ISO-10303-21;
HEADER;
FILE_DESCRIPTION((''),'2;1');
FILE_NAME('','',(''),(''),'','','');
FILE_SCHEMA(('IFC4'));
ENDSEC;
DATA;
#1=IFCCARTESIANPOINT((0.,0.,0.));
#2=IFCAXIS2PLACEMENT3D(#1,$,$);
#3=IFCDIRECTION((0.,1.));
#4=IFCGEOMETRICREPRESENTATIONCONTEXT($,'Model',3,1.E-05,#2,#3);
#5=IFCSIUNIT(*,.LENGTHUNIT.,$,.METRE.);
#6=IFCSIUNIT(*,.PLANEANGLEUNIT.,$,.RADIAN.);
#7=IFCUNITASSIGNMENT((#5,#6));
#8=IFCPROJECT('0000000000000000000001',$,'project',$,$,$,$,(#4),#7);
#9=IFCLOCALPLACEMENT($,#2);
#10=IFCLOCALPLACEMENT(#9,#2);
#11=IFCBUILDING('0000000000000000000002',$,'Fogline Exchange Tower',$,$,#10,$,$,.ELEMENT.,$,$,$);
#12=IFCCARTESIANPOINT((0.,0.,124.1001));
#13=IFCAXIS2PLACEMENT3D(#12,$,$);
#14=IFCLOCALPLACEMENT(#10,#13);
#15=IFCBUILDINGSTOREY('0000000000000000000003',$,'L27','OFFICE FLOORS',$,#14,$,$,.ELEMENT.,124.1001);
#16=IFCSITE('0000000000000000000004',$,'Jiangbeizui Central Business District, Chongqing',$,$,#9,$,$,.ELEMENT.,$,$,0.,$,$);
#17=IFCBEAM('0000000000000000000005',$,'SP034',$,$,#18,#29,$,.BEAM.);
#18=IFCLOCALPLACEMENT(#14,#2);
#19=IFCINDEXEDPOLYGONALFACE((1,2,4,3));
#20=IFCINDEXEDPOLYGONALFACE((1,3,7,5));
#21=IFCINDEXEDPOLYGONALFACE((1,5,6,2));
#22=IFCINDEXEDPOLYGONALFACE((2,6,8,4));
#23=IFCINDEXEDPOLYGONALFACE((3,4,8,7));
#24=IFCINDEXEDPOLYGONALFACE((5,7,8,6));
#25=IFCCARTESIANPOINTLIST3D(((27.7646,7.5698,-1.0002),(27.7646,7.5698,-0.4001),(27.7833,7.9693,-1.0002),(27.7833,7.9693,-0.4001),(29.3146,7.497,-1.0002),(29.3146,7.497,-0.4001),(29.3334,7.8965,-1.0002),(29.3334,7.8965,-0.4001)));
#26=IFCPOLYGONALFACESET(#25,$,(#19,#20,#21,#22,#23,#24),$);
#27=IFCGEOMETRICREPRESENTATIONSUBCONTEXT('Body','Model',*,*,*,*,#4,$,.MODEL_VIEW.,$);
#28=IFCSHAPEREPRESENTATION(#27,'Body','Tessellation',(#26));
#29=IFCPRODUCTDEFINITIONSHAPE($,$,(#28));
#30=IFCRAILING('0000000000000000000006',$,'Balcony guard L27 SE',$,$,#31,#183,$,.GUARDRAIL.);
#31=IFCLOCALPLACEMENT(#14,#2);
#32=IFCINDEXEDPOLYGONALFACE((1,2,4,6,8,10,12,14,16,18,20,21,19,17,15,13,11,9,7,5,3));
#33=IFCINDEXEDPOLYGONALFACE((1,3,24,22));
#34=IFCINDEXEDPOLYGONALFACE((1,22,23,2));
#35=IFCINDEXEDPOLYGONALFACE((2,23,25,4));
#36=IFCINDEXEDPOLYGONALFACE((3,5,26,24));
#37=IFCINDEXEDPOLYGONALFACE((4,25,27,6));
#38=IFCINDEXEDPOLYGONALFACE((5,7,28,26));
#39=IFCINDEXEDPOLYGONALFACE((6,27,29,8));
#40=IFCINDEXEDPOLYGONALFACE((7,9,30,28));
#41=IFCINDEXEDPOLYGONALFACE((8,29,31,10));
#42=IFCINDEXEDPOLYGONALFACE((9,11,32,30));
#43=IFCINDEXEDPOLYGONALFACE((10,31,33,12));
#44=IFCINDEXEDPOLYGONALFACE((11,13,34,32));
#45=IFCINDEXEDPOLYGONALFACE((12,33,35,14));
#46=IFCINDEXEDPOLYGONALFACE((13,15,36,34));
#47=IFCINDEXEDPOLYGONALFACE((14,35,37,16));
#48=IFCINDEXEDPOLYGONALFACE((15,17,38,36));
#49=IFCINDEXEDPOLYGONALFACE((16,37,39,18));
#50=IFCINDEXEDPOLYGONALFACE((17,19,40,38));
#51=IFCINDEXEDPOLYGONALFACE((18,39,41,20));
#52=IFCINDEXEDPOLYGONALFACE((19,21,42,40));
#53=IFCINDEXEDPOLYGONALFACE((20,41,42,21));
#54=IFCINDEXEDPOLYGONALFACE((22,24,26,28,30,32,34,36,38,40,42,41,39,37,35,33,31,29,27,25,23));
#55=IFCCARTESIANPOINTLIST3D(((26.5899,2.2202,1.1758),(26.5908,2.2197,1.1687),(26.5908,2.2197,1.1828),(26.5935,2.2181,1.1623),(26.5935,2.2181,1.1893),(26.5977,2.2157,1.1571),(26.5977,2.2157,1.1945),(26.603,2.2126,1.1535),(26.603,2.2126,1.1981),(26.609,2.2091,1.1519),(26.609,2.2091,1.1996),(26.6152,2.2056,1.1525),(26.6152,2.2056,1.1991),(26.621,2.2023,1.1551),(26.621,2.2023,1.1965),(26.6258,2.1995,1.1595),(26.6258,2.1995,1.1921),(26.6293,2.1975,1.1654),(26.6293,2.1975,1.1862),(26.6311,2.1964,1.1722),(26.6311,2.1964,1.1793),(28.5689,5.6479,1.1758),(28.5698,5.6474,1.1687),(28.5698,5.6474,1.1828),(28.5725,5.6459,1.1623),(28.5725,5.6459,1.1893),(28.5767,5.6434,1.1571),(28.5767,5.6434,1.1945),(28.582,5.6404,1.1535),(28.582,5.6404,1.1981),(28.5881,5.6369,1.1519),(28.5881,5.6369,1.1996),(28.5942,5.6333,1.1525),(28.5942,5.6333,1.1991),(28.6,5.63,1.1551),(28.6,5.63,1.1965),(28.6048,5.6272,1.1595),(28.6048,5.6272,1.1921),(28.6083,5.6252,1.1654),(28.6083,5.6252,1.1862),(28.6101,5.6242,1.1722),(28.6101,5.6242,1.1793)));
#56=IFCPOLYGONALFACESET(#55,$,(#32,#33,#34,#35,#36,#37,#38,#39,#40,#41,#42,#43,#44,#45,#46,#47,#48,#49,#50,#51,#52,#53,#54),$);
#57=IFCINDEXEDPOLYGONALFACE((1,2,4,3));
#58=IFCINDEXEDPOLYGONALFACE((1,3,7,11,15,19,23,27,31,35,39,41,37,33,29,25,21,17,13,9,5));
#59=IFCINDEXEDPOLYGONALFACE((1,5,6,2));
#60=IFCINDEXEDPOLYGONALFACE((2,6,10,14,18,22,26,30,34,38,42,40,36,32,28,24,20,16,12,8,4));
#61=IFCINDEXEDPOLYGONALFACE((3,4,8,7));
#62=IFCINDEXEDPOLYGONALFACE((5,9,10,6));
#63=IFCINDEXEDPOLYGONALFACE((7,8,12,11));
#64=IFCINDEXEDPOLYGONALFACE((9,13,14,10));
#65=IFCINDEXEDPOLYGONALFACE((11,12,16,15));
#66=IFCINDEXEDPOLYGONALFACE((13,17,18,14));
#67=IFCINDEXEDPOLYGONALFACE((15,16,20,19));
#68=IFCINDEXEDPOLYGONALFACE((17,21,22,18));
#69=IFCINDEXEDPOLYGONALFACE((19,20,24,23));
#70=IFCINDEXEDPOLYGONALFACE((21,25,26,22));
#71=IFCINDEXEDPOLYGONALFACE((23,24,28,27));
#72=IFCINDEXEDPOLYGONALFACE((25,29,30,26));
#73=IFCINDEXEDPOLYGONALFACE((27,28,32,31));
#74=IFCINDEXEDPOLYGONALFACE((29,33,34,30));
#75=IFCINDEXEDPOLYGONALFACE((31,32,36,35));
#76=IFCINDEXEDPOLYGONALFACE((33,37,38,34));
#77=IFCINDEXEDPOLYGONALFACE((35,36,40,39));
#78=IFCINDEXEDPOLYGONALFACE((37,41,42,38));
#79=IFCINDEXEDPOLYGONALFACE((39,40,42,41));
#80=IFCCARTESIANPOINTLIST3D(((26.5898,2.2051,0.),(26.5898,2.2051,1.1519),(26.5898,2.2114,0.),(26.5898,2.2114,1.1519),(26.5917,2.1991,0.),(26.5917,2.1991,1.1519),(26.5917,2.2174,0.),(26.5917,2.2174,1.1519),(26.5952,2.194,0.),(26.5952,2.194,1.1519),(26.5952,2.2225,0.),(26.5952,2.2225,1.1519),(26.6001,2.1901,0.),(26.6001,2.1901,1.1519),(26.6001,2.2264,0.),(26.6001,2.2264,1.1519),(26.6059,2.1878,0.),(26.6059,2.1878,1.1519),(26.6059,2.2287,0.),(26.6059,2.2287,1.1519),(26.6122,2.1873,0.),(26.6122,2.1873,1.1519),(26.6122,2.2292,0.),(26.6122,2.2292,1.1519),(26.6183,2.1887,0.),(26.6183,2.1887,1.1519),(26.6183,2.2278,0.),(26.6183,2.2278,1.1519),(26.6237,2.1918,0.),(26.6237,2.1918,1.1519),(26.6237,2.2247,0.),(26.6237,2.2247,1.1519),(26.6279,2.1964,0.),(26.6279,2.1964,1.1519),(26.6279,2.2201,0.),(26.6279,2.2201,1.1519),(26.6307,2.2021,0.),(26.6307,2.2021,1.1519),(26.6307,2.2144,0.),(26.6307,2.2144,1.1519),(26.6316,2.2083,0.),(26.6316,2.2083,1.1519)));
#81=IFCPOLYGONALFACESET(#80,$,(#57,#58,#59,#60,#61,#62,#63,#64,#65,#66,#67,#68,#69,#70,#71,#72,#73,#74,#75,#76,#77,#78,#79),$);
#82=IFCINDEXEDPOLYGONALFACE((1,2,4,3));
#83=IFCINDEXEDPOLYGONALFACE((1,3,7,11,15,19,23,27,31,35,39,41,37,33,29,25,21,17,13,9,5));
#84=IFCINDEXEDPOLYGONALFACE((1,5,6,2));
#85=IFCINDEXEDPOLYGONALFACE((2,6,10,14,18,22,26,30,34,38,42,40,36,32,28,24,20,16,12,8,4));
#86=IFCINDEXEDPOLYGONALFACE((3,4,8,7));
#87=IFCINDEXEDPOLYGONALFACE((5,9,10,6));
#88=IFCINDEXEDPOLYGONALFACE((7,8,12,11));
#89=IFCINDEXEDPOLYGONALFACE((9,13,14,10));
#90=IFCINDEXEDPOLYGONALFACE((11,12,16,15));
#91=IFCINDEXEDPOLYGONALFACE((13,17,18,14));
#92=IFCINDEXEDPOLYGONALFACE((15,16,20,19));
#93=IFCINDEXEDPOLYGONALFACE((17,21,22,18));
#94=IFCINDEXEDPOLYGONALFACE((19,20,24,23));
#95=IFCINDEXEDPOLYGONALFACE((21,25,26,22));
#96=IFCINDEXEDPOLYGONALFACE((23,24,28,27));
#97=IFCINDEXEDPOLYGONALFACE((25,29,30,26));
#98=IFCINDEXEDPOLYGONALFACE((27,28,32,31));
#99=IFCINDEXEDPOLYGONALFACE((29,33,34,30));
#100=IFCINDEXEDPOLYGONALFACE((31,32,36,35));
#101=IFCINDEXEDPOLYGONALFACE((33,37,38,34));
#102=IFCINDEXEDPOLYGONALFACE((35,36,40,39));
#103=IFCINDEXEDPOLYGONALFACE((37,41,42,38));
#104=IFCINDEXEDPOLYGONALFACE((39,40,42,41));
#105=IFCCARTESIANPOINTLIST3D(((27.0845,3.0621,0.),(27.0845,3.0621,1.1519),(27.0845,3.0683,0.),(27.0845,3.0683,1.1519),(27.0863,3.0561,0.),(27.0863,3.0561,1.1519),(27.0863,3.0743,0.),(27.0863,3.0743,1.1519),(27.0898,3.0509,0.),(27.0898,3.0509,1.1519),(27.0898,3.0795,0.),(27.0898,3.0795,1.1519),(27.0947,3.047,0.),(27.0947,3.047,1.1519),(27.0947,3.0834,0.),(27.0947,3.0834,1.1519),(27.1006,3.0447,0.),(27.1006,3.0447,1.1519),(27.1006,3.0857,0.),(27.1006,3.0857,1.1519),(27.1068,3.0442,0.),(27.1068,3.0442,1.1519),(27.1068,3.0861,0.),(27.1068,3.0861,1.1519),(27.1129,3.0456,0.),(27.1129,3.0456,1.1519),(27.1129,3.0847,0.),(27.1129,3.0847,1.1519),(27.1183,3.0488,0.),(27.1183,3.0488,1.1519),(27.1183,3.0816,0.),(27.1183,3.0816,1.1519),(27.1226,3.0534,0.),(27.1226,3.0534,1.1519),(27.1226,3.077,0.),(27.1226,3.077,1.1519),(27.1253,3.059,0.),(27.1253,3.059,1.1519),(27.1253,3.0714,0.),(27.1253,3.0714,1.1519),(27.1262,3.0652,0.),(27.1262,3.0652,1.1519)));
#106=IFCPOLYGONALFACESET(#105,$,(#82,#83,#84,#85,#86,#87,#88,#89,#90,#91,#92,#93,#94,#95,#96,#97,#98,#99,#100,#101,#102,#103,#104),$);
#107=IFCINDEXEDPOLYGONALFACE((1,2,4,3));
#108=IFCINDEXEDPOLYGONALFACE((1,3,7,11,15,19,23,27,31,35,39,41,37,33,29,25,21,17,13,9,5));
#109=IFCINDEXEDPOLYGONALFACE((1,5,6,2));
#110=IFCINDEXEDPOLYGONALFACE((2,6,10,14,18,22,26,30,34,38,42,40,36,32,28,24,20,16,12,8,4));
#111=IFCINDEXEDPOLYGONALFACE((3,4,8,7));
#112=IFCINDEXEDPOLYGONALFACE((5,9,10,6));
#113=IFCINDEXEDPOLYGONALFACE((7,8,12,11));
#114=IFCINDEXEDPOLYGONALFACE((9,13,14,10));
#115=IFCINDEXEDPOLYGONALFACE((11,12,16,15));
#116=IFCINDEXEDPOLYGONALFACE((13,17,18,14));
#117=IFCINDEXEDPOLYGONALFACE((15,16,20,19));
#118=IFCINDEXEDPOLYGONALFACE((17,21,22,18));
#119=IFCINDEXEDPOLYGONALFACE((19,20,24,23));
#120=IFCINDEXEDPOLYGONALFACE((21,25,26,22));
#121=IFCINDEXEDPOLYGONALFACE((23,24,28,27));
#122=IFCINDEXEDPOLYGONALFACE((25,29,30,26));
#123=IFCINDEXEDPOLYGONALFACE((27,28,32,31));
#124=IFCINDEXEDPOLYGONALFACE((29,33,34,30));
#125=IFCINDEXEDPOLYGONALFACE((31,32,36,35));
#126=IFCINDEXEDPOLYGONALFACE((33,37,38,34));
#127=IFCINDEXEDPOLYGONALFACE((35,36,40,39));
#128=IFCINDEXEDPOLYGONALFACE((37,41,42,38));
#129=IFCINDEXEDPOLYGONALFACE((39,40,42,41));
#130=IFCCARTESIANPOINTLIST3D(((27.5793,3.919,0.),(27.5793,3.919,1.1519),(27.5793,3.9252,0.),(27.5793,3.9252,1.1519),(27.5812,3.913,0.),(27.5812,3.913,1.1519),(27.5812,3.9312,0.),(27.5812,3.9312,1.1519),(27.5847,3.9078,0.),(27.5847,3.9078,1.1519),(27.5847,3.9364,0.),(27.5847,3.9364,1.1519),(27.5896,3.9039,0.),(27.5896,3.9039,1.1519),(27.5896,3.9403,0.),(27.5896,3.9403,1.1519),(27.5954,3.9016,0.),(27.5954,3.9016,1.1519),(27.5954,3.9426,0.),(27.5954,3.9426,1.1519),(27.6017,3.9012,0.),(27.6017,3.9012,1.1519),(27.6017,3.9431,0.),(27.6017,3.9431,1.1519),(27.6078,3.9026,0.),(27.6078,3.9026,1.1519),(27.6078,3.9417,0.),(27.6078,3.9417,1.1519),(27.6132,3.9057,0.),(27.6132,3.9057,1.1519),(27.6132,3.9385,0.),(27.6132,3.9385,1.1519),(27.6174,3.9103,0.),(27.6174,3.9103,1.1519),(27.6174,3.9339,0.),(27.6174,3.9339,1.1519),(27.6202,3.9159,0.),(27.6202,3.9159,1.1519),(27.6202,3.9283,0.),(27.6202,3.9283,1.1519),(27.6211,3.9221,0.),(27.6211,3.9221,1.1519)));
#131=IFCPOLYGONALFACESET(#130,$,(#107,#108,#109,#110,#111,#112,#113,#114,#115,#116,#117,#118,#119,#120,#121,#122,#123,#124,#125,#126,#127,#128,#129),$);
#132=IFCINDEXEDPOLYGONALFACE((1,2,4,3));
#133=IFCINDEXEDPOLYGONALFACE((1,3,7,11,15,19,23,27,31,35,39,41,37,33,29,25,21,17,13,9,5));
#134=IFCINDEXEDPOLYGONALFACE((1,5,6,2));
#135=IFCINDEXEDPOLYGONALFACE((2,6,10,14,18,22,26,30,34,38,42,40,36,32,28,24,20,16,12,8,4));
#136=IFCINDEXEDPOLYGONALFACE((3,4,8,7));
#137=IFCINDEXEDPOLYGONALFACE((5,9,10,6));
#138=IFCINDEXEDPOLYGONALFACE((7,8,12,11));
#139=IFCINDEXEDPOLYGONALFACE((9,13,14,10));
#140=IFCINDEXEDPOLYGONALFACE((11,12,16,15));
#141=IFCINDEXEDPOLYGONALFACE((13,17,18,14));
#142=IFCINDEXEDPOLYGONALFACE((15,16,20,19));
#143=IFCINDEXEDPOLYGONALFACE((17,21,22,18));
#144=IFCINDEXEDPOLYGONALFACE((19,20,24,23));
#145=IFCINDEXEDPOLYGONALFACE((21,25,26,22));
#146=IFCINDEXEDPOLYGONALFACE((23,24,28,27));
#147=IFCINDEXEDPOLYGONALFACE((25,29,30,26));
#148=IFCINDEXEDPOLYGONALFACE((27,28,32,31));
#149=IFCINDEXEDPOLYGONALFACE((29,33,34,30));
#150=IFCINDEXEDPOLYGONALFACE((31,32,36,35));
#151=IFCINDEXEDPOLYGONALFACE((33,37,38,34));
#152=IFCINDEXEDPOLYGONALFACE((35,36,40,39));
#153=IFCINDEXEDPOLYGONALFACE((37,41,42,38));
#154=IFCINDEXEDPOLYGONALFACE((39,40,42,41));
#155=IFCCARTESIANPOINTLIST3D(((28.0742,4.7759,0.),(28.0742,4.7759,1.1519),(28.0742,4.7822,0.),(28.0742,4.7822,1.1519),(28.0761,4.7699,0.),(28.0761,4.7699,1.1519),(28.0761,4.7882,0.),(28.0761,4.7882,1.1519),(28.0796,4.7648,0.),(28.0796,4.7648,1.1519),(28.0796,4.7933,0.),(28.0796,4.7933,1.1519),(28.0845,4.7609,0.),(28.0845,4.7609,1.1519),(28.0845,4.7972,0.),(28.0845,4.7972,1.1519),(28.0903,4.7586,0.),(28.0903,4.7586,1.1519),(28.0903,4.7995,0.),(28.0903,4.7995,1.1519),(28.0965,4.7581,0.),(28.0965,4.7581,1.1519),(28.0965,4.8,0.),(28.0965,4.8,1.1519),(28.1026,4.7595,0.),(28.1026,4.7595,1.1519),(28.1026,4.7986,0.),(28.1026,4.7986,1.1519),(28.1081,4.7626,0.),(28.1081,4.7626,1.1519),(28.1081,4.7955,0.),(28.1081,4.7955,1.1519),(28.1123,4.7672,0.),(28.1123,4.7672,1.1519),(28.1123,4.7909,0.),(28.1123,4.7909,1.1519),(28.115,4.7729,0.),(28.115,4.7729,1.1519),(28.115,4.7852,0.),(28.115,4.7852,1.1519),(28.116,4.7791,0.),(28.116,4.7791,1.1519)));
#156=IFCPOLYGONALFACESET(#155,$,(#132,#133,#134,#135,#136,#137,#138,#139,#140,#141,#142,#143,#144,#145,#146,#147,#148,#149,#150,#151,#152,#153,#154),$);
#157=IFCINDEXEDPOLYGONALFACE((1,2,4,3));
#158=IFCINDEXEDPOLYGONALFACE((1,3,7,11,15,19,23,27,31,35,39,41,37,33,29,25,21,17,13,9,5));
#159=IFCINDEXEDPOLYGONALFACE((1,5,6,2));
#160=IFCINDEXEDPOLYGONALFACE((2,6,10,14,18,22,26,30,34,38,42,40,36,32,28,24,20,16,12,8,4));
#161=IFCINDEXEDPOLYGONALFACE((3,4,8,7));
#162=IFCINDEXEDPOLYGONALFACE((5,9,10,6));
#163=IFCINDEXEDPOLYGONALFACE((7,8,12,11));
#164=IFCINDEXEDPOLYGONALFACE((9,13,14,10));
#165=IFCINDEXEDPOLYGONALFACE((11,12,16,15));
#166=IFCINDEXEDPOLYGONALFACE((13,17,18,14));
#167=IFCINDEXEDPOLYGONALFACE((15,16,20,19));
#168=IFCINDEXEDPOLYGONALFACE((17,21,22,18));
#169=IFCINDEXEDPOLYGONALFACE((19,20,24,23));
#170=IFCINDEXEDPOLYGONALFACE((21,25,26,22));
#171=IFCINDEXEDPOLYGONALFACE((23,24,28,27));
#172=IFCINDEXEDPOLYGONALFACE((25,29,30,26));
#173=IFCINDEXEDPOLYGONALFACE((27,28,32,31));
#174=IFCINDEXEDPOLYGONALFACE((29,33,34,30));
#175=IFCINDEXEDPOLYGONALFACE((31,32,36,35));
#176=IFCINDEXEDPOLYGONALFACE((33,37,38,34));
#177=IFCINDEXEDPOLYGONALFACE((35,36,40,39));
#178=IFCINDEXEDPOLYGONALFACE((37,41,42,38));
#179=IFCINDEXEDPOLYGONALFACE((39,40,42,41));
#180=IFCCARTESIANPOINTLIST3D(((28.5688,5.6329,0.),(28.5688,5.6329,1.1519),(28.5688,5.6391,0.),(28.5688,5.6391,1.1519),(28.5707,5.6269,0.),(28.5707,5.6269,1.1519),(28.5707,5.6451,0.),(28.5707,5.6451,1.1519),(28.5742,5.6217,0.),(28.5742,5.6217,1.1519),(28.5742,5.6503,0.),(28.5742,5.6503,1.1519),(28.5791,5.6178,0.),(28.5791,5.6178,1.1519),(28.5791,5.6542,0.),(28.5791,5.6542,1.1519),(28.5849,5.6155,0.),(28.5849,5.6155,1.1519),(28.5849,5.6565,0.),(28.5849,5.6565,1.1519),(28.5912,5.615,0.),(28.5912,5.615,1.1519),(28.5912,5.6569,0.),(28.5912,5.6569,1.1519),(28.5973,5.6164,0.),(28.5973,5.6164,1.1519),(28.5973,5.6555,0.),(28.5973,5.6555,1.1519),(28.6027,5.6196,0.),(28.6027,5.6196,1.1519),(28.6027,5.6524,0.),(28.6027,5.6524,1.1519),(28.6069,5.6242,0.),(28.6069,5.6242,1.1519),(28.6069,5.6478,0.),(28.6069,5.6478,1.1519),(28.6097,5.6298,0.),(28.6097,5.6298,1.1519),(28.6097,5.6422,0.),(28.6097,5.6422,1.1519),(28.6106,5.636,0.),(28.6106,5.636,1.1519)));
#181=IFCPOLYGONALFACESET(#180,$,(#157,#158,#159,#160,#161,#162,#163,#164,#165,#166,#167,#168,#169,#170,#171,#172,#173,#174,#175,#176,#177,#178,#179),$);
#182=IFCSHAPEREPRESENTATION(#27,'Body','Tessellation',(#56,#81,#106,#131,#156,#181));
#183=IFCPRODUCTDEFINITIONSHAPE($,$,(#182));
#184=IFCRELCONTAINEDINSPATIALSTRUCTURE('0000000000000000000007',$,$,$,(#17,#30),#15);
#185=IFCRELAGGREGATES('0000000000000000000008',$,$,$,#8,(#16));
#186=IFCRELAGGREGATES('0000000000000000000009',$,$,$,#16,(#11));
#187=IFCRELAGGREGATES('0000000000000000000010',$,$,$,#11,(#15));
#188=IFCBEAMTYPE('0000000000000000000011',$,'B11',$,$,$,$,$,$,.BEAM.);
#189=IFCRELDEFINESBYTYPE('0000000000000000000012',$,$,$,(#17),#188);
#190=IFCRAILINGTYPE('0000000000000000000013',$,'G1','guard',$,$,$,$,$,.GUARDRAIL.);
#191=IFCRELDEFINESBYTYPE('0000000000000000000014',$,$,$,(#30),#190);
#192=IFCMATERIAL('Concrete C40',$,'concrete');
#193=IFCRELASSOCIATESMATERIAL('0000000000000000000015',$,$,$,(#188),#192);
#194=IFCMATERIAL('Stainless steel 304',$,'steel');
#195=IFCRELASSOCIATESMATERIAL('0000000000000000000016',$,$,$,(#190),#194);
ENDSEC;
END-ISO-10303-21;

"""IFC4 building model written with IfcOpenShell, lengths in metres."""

from ifc_helpers import new_model, si_unit, direction, frame, origin, origin_2d, place, context, subcontext, project, spatial, rectangle, circle, extrude, material, material_profile, profile_set, type_object, element, save


model = new_model("IFC4")

# Units and contexts
model_context = context("Model", 3, precision=1e-05, world=origin(), true_north=direction((0.0, 1.0)))
body_context = subcontext(model_context, "Body", "Model", "MODEL_VIEW")
ifc_project = project(units=[si_unit("LENGTHUNIT", "METRE"), si_unit("PLANEANGLEUNIT", "RADIAN")], contexts=[model_context])

# Site, building, storey
site_placement = place(None, origin())
site = spatial("IfcSite", under=ifc_project, at=site_placement, Name="Jiangbeizui Central Business District, Chongqing", CompositionType="ELEMENT", RefElevation=0.0)
building_placement = place(site_placement, origin())
building = spatial("IfcBuilding", under=site, at=building_placement, Name="Fogline Exchange Tower", CompositionType="ELEMENT")
storey_placement = place(building_placement, frame((0.0, 0.0, 124.1001)))
storey = spatial("IfcBuildingStorey", under=building, at=storey_placement, Name="L27", Description="OFFICE FLOORS", CompositionType="ELEMENT", Elevation=124.1001)

# Beam
ifc_material_1 = material(Name="Concrete C40", Category="concrete")
ifc_material_profile = material_profile(ifc_material_1, rectangle(XDim=0.3999, YDim=0.6001, at=origin_2d()), Name="RC 400x600")
ifc_profile_set = profile_set([ifc_material_profile], Name="Concrete C40")
beam_type = type_object("IfcBeamType", Name="B11", PredefinedType="BEAM", material=ifc_profile_set)
beam_placement = place(storey_placement, frame((27.7739, 7.7695, -0.7002), z_axis=(0.9989, -0.046885, 0.0), x_axis=(0.046885, 0.9989, 0.0)))
element("IfcBeam", 1, at=beam_placement, inside=storey, type_object=beam_type, Name="SP034", PredefinedType="BEAM", context=body_context, shape_type="SweptSolid", body=[
    extrude(rectangle(XDim=0.3999, YDim=0.6001, at=origin_2d()), origin(), (0.0, 0.0, 1.0), 1.5518),
])

# Railing
ifc_material_2 = material(Name="Stainless steel 304", Category="steel")
railing_type = type_object("IfcRailingType", Name="G1", Description="guard", PredefinedType="GUARDRAIL", material=ifc_material_2)
railing_placement = place(storey_placement, frame((26.6106, 2.2083, 0.0)))
element("IfcRailing", 2, at=railing_placement, inside=storey, type_object=railing_type, Name="Balcony guard L27 SE", PredefinedType="GUARDRAIL", context=body_context, shape_type="SweptSolid", body=[
    extrude(circle(Radius=0.0239, at=origin_2d()), frame((0.0, 0.0, 1.1758), z_axis=(0.5, 0.866025, 0.0), x_axis=(-0.866025, 0.5, 0.0)), (0.0, 0.0, 1.0), 3.958),
    extrude(circle(Radius=0.021, at=origin_2d()), origin(), (0.0, 0.0, 1.0), 1.1519),
    extrude(circle(Radius=0.021, at=origin_2d()), frame((0.4946, 0.8569, 0.0)), (0.0, 0.0, 1.0), 1.1519),
    extrude(circle(Radius=0.021, at=origin_2d()), frame((0.9895, 1.7139, 0.0)), (0.0, 0.0, 1.0), 1.1519),
    extrude(circle(Radius=0.021, at=origin_2d()), frame((1.4844, 2.5708, 0.0)), (0.0, 0.0, 1.0), 1.1519),
    extrude(circle(Radius=0.021, at=origin_2d()), frame((1.979, 3.4277, 0.0)), (0.0, 0.0, 1.0), 1.1519),
])

save(model, "model.ifc")
